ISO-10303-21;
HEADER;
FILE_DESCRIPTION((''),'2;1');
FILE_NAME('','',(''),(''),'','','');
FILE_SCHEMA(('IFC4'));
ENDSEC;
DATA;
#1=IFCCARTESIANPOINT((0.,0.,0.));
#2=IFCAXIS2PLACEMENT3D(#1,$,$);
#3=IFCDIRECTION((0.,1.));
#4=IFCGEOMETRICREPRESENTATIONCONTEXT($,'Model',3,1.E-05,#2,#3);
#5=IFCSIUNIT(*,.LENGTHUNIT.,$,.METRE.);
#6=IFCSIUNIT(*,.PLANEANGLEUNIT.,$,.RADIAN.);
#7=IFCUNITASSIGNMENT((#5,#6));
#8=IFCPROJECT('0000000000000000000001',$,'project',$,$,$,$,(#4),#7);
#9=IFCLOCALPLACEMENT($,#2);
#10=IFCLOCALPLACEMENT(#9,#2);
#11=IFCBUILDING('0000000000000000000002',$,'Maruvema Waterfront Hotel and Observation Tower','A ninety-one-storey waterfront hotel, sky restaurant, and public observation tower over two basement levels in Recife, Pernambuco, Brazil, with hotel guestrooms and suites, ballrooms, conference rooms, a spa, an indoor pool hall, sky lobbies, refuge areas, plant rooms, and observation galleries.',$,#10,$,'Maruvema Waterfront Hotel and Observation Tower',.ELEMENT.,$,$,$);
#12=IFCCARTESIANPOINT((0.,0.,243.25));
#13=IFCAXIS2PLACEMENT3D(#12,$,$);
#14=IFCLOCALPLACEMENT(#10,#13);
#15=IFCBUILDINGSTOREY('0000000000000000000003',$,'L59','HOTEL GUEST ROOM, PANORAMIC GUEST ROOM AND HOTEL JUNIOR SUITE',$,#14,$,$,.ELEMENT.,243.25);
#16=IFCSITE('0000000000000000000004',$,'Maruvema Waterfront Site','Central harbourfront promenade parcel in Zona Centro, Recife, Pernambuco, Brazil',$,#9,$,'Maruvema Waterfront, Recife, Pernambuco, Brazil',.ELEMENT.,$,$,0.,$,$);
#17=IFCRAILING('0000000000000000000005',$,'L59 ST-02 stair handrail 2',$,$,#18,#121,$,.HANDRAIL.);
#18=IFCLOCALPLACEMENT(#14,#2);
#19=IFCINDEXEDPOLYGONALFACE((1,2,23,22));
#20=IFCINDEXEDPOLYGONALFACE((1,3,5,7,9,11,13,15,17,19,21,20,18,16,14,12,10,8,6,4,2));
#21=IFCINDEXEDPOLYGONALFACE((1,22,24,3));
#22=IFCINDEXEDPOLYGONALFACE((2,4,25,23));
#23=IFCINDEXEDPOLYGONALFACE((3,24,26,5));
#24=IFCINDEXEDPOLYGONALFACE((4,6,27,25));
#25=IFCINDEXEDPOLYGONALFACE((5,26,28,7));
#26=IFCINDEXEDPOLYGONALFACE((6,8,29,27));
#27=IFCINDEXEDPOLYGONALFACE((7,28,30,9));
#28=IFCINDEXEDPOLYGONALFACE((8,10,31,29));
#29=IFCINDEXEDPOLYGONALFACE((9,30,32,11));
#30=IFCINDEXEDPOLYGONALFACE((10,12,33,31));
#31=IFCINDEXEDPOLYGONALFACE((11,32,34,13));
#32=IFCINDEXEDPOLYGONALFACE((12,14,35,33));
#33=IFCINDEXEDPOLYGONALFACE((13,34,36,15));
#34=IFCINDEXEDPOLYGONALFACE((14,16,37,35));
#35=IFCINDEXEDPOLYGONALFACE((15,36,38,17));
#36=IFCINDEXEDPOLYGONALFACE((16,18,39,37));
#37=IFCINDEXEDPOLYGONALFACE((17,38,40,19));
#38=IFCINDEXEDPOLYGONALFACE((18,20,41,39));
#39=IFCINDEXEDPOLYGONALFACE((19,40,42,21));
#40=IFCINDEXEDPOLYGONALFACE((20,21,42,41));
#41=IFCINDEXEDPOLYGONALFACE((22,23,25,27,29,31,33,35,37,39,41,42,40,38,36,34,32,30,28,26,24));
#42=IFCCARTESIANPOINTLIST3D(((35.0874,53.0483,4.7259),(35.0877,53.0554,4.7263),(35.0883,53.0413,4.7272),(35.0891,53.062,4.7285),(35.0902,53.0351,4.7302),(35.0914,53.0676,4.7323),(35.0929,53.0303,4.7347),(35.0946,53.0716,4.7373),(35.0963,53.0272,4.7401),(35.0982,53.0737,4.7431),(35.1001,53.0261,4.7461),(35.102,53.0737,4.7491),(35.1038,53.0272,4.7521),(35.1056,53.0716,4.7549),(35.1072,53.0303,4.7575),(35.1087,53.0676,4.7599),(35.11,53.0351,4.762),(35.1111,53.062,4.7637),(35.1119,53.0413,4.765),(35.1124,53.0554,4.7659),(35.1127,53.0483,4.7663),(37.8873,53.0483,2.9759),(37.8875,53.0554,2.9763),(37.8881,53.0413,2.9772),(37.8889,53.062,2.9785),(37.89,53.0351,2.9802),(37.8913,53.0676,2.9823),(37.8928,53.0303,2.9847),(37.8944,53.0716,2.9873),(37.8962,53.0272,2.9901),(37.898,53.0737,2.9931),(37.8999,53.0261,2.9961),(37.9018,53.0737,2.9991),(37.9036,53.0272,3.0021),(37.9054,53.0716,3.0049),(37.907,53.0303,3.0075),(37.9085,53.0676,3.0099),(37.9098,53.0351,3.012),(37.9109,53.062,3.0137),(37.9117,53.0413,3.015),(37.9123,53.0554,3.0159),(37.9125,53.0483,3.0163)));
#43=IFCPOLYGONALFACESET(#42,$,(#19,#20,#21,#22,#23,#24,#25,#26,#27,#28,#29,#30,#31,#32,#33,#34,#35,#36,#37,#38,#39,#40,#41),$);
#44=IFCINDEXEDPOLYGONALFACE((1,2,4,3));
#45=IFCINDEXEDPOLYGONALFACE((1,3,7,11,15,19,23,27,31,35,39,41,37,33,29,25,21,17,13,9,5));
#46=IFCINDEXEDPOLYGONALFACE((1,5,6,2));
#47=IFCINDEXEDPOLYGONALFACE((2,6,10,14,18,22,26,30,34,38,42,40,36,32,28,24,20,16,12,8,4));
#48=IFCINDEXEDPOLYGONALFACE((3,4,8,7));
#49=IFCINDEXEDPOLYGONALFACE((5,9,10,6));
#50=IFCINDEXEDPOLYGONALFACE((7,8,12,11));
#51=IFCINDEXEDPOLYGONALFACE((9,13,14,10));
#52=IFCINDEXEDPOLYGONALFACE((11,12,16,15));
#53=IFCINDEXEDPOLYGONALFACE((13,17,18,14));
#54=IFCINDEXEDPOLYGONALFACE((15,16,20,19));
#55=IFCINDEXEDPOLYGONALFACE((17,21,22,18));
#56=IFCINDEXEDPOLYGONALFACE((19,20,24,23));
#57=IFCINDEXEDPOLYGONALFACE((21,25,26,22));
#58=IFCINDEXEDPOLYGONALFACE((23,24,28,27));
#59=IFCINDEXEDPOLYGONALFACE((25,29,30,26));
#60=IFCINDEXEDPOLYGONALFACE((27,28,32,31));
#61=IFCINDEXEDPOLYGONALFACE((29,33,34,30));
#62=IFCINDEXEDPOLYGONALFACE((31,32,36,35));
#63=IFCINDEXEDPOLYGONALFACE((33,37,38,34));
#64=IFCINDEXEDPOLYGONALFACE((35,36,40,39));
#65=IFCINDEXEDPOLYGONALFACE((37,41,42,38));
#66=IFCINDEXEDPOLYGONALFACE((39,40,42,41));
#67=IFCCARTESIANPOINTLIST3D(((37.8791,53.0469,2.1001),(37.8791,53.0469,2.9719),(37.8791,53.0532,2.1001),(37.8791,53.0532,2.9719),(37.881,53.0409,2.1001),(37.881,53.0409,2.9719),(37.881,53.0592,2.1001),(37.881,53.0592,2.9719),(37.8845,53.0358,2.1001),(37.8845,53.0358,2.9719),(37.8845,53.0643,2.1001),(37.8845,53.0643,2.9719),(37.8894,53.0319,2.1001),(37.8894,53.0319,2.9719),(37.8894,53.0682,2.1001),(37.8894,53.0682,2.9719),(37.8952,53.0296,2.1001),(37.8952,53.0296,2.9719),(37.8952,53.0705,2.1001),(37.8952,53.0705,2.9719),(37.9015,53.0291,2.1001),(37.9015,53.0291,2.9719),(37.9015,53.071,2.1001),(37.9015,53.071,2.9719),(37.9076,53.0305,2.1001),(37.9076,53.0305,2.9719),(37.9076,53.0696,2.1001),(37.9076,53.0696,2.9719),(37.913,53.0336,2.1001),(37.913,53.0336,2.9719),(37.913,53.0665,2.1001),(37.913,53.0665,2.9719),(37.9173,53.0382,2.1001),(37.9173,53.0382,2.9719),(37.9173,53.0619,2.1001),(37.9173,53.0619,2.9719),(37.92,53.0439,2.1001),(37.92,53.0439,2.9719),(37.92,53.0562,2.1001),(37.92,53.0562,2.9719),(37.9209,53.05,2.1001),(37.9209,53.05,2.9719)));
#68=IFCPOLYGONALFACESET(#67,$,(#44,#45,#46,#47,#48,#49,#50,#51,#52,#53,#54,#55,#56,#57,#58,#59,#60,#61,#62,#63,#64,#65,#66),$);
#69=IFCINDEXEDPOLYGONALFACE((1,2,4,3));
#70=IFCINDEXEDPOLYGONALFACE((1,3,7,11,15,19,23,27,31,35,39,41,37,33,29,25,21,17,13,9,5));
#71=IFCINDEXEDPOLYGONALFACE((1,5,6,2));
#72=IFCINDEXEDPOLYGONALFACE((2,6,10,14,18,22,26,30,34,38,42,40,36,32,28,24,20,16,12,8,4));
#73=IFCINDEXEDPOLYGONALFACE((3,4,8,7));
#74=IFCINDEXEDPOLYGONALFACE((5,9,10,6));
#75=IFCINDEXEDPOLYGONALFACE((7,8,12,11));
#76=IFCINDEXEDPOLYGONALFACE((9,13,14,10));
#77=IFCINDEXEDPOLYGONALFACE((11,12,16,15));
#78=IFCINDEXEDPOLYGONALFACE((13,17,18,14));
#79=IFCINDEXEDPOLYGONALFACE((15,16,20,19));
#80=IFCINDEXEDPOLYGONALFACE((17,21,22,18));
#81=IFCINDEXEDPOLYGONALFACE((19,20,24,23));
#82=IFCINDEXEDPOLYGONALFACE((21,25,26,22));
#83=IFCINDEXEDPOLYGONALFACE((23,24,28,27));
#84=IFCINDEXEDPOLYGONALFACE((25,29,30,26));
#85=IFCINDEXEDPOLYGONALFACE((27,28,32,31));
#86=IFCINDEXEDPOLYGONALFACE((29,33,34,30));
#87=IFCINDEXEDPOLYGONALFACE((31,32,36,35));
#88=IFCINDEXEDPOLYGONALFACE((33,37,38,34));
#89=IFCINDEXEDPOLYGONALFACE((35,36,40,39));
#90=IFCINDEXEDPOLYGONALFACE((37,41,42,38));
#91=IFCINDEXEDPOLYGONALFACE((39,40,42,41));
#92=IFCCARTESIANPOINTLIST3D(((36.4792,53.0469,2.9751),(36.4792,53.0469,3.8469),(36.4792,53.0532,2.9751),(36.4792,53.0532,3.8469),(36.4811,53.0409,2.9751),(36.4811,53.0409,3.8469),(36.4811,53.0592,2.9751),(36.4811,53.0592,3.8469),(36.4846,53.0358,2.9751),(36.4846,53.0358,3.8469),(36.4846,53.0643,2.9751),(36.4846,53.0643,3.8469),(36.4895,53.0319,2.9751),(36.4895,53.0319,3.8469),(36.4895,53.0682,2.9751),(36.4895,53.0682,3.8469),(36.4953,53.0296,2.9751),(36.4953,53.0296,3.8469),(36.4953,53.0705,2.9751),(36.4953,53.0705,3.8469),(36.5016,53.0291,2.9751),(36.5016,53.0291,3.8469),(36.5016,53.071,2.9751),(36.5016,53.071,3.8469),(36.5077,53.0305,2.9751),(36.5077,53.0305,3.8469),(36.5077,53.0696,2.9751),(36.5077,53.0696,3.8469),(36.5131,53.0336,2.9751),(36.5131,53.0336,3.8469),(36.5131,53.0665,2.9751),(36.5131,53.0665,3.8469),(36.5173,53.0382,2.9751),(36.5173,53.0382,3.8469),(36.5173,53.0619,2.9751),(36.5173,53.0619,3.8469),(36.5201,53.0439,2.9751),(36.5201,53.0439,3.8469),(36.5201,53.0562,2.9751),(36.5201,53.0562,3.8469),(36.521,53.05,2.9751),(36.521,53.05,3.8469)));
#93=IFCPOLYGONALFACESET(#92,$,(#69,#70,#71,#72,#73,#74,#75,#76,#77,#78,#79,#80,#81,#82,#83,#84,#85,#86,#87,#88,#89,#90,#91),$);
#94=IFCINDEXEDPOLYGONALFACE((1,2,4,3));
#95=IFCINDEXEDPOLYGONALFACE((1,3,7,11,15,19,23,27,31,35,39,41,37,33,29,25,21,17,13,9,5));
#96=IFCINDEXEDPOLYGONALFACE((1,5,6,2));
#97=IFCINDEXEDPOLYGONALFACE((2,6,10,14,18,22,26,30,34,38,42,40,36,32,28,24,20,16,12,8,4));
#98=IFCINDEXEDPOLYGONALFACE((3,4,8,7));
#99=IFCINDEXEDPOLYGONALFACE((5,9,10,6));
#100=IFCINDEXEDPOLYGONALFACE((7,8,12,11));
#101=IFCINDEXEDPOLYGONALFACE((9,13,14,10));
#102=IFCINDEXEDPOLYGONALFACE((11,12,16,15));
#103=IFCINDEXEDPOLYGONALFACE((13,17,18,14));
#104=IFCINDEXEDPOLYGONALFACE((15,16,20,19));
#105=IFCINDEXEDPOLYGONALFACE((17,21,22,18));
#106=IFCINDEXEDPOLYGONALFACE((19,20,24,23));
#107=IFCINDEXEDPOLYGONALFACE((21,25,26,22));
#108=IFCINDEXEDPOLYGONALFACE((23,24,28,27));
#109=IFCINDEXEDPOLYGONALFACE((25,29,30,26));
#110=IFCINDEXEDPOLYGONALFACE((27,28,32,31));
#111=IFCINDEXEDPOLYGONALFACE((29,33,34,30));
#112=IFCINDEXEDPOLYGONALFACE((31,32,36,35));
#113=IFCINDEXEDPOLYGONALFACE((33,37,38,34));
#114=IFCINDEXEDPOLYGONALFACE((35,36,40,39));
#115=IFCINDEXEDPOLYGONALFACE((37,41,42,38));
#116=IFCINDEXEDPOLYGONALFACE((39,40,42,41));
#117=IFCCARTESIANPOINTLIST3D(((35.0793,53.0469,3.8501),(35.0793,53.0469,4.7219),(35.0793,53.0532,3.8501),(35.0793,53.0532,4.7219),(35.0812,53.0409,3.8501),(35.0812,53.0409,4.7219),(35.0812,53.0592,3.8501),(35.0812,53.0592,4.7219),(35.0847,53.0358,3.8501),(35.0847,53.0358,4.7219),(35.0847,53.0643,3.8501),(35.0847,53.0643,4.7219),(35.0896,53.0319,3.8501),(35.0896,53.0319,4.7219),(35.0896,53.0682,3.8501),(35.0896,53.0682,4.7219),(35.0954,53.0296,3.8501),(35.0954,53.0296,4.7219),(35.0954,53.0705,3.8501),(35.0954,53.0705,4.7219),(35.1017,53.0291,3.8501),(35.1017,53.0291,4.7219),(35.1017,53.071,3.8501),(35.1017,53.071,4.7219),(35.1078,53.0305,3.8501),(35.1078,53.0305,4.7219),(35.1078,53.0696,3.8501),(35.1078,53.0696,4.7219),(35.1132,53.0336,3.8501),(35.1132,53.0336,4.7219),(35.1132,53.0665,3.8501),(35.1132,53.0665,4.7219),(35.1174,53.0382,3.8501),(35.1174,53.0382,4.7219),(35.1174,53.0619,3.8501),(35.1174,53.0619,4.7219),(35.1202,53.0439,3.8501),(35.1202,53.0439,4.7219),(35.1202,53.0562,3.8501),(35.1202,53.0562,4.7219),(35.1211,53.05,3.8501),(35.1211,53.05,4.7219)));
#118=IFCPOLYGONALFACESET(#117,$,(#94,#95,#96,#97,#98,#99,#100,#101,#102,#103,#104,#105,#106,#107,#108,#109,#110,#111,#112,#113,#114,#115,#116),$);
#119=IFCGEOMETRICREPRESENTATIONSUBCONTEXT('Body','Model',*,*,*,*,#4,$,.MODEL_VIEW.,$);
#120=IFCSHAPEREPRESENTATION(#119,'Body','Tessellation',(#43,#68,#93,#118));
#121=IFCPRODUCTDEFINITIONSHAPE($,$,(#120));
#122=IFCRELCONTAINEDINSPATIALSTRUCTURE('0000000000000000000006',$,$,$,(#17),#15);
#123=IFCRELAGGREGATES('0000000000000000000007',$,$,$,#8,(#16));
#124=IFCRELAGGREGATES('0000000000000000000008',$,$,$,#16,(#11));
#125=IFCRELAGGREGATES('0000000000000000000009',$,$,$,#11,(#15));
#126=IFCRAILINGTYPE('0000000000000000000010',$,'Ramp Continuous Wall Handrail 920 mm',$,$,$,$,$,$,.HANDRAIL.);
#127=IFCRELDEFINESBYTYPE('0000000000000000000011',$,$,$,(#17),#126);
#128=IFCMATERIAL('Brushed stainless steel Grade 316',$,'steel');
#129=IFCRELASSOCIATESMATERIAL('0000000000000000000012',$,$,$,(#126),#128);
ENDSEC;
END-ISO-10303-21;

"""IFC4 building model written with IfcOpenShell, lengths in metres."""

from ifc_helpers import new_model, si_unit, direction, frame, origin, origin_2d, place, context, subcontext, project, spatial, circle, extrude, material, type_object, element, save


model = new_model("IFC4")

# Units and contexts
model_context = context("Model", 3, precision=1e-05, world=origin(), true_north=direction((0.0, 1.0)))
body_context = subcontext(model_context, "Body", "Model", "MODEL_VIEW")
ifc_project = project(units=[si_unit("LENGTHUNIT", "METRE"), si_unit("PLANEANGLEUNIT", "RADIAN")], contexts=[model_context])

# Site, building, storey
site_placement = place(None, origin())
site = spatial("IfcSite", under=ifc_project, at=site_placement, Name="Maruvema Waterfront Site", Description="Central harbourfront promenade parcel in Zona Centro, Recife, Pernambuco, Brazil", LongName="Maruvema Waterfront, Recife, Pernambuco, Brazil", CompositionType="ELEMENT", RefElevation=0.0)
building_placement = place(site_placement, origin())
building = spatial("IfcBuilding", under=site, at=building_placement, Name="Maruvema Waterfront Hotel and Observation Tower", Description="A ninety-one-storey waterfront hotel, sky restaurant, and public observation tower over two basement levels in Recife, Pernambuco, Brazil, with hotel guestrooms and suites, ballrooms, conference rooms, a spa, an indoor pool hall, sky lobbies, refuge areas, plant rooms, and observation galleries.", LongName="Maruvema Waterfront Hotel and Observation Tower", CompositionType="ELEMENT")
storey_placement = place(building_placement, frame((0.0, 0.0, 243.25)))
storey = spatial("IfcBuildingStorey", under=building, at=storey_placement, Name="L59", Description="HOTEL GUEST ROOM, PANORAMIC GUEST ROOM AND HOTEL JUNIOR SUITE", CompositionType="ELEMENT", Elevation=243.25)

# Railing
ifc_material_1 = material(Name="Brushed stainless steel Grade 316", Category="steel")
railing_type_1 = type_object("IfcRailingType", Name="Ramp Continuous Wall Handrail 920 mm", PredefinedType="HANDRAIL", material=ifc_material_1)
railing_1_placement = place(storey_placement, frame((37.8999, 53.05, 2.1001)))
element("IfcRailing", 1, at=railing_1_placement, inside=storey, type_object=railing_type_1, Name="L59 ST-02 stair handrail 2", PredefinedType="HANDRAIL", context=body_context, shape_type="SweptSolid", body=[
    extrude(circle(Radius=0.0239, at=origin_2d()), frame((0.0, 0.0, 0.896), z_axis=(-0.847982, 0.0, 0.530026), x_axis=(0.0, -1.0, 0.0)), (0.0, 0.0, 1.0), 3.3018),
    extrude(circle(Radius=0.021, at=origin_2d()), origin(), (0.0, 0.0, 1.0), 0.8718),
    extrude(circle(Radius=0.021, at=origin_2d()), frame((-1.3999, 0.0, 0.875)), (0.0, 0.0, 1.0), 0.8718),
    extrude(circle(Radius=0.021, at=origin_2d()), frame((-2.7998, 0.0, 1.75)), (0.0, 0.0, 1.0), 0.8718),
])

save(model, "model.ifc")
